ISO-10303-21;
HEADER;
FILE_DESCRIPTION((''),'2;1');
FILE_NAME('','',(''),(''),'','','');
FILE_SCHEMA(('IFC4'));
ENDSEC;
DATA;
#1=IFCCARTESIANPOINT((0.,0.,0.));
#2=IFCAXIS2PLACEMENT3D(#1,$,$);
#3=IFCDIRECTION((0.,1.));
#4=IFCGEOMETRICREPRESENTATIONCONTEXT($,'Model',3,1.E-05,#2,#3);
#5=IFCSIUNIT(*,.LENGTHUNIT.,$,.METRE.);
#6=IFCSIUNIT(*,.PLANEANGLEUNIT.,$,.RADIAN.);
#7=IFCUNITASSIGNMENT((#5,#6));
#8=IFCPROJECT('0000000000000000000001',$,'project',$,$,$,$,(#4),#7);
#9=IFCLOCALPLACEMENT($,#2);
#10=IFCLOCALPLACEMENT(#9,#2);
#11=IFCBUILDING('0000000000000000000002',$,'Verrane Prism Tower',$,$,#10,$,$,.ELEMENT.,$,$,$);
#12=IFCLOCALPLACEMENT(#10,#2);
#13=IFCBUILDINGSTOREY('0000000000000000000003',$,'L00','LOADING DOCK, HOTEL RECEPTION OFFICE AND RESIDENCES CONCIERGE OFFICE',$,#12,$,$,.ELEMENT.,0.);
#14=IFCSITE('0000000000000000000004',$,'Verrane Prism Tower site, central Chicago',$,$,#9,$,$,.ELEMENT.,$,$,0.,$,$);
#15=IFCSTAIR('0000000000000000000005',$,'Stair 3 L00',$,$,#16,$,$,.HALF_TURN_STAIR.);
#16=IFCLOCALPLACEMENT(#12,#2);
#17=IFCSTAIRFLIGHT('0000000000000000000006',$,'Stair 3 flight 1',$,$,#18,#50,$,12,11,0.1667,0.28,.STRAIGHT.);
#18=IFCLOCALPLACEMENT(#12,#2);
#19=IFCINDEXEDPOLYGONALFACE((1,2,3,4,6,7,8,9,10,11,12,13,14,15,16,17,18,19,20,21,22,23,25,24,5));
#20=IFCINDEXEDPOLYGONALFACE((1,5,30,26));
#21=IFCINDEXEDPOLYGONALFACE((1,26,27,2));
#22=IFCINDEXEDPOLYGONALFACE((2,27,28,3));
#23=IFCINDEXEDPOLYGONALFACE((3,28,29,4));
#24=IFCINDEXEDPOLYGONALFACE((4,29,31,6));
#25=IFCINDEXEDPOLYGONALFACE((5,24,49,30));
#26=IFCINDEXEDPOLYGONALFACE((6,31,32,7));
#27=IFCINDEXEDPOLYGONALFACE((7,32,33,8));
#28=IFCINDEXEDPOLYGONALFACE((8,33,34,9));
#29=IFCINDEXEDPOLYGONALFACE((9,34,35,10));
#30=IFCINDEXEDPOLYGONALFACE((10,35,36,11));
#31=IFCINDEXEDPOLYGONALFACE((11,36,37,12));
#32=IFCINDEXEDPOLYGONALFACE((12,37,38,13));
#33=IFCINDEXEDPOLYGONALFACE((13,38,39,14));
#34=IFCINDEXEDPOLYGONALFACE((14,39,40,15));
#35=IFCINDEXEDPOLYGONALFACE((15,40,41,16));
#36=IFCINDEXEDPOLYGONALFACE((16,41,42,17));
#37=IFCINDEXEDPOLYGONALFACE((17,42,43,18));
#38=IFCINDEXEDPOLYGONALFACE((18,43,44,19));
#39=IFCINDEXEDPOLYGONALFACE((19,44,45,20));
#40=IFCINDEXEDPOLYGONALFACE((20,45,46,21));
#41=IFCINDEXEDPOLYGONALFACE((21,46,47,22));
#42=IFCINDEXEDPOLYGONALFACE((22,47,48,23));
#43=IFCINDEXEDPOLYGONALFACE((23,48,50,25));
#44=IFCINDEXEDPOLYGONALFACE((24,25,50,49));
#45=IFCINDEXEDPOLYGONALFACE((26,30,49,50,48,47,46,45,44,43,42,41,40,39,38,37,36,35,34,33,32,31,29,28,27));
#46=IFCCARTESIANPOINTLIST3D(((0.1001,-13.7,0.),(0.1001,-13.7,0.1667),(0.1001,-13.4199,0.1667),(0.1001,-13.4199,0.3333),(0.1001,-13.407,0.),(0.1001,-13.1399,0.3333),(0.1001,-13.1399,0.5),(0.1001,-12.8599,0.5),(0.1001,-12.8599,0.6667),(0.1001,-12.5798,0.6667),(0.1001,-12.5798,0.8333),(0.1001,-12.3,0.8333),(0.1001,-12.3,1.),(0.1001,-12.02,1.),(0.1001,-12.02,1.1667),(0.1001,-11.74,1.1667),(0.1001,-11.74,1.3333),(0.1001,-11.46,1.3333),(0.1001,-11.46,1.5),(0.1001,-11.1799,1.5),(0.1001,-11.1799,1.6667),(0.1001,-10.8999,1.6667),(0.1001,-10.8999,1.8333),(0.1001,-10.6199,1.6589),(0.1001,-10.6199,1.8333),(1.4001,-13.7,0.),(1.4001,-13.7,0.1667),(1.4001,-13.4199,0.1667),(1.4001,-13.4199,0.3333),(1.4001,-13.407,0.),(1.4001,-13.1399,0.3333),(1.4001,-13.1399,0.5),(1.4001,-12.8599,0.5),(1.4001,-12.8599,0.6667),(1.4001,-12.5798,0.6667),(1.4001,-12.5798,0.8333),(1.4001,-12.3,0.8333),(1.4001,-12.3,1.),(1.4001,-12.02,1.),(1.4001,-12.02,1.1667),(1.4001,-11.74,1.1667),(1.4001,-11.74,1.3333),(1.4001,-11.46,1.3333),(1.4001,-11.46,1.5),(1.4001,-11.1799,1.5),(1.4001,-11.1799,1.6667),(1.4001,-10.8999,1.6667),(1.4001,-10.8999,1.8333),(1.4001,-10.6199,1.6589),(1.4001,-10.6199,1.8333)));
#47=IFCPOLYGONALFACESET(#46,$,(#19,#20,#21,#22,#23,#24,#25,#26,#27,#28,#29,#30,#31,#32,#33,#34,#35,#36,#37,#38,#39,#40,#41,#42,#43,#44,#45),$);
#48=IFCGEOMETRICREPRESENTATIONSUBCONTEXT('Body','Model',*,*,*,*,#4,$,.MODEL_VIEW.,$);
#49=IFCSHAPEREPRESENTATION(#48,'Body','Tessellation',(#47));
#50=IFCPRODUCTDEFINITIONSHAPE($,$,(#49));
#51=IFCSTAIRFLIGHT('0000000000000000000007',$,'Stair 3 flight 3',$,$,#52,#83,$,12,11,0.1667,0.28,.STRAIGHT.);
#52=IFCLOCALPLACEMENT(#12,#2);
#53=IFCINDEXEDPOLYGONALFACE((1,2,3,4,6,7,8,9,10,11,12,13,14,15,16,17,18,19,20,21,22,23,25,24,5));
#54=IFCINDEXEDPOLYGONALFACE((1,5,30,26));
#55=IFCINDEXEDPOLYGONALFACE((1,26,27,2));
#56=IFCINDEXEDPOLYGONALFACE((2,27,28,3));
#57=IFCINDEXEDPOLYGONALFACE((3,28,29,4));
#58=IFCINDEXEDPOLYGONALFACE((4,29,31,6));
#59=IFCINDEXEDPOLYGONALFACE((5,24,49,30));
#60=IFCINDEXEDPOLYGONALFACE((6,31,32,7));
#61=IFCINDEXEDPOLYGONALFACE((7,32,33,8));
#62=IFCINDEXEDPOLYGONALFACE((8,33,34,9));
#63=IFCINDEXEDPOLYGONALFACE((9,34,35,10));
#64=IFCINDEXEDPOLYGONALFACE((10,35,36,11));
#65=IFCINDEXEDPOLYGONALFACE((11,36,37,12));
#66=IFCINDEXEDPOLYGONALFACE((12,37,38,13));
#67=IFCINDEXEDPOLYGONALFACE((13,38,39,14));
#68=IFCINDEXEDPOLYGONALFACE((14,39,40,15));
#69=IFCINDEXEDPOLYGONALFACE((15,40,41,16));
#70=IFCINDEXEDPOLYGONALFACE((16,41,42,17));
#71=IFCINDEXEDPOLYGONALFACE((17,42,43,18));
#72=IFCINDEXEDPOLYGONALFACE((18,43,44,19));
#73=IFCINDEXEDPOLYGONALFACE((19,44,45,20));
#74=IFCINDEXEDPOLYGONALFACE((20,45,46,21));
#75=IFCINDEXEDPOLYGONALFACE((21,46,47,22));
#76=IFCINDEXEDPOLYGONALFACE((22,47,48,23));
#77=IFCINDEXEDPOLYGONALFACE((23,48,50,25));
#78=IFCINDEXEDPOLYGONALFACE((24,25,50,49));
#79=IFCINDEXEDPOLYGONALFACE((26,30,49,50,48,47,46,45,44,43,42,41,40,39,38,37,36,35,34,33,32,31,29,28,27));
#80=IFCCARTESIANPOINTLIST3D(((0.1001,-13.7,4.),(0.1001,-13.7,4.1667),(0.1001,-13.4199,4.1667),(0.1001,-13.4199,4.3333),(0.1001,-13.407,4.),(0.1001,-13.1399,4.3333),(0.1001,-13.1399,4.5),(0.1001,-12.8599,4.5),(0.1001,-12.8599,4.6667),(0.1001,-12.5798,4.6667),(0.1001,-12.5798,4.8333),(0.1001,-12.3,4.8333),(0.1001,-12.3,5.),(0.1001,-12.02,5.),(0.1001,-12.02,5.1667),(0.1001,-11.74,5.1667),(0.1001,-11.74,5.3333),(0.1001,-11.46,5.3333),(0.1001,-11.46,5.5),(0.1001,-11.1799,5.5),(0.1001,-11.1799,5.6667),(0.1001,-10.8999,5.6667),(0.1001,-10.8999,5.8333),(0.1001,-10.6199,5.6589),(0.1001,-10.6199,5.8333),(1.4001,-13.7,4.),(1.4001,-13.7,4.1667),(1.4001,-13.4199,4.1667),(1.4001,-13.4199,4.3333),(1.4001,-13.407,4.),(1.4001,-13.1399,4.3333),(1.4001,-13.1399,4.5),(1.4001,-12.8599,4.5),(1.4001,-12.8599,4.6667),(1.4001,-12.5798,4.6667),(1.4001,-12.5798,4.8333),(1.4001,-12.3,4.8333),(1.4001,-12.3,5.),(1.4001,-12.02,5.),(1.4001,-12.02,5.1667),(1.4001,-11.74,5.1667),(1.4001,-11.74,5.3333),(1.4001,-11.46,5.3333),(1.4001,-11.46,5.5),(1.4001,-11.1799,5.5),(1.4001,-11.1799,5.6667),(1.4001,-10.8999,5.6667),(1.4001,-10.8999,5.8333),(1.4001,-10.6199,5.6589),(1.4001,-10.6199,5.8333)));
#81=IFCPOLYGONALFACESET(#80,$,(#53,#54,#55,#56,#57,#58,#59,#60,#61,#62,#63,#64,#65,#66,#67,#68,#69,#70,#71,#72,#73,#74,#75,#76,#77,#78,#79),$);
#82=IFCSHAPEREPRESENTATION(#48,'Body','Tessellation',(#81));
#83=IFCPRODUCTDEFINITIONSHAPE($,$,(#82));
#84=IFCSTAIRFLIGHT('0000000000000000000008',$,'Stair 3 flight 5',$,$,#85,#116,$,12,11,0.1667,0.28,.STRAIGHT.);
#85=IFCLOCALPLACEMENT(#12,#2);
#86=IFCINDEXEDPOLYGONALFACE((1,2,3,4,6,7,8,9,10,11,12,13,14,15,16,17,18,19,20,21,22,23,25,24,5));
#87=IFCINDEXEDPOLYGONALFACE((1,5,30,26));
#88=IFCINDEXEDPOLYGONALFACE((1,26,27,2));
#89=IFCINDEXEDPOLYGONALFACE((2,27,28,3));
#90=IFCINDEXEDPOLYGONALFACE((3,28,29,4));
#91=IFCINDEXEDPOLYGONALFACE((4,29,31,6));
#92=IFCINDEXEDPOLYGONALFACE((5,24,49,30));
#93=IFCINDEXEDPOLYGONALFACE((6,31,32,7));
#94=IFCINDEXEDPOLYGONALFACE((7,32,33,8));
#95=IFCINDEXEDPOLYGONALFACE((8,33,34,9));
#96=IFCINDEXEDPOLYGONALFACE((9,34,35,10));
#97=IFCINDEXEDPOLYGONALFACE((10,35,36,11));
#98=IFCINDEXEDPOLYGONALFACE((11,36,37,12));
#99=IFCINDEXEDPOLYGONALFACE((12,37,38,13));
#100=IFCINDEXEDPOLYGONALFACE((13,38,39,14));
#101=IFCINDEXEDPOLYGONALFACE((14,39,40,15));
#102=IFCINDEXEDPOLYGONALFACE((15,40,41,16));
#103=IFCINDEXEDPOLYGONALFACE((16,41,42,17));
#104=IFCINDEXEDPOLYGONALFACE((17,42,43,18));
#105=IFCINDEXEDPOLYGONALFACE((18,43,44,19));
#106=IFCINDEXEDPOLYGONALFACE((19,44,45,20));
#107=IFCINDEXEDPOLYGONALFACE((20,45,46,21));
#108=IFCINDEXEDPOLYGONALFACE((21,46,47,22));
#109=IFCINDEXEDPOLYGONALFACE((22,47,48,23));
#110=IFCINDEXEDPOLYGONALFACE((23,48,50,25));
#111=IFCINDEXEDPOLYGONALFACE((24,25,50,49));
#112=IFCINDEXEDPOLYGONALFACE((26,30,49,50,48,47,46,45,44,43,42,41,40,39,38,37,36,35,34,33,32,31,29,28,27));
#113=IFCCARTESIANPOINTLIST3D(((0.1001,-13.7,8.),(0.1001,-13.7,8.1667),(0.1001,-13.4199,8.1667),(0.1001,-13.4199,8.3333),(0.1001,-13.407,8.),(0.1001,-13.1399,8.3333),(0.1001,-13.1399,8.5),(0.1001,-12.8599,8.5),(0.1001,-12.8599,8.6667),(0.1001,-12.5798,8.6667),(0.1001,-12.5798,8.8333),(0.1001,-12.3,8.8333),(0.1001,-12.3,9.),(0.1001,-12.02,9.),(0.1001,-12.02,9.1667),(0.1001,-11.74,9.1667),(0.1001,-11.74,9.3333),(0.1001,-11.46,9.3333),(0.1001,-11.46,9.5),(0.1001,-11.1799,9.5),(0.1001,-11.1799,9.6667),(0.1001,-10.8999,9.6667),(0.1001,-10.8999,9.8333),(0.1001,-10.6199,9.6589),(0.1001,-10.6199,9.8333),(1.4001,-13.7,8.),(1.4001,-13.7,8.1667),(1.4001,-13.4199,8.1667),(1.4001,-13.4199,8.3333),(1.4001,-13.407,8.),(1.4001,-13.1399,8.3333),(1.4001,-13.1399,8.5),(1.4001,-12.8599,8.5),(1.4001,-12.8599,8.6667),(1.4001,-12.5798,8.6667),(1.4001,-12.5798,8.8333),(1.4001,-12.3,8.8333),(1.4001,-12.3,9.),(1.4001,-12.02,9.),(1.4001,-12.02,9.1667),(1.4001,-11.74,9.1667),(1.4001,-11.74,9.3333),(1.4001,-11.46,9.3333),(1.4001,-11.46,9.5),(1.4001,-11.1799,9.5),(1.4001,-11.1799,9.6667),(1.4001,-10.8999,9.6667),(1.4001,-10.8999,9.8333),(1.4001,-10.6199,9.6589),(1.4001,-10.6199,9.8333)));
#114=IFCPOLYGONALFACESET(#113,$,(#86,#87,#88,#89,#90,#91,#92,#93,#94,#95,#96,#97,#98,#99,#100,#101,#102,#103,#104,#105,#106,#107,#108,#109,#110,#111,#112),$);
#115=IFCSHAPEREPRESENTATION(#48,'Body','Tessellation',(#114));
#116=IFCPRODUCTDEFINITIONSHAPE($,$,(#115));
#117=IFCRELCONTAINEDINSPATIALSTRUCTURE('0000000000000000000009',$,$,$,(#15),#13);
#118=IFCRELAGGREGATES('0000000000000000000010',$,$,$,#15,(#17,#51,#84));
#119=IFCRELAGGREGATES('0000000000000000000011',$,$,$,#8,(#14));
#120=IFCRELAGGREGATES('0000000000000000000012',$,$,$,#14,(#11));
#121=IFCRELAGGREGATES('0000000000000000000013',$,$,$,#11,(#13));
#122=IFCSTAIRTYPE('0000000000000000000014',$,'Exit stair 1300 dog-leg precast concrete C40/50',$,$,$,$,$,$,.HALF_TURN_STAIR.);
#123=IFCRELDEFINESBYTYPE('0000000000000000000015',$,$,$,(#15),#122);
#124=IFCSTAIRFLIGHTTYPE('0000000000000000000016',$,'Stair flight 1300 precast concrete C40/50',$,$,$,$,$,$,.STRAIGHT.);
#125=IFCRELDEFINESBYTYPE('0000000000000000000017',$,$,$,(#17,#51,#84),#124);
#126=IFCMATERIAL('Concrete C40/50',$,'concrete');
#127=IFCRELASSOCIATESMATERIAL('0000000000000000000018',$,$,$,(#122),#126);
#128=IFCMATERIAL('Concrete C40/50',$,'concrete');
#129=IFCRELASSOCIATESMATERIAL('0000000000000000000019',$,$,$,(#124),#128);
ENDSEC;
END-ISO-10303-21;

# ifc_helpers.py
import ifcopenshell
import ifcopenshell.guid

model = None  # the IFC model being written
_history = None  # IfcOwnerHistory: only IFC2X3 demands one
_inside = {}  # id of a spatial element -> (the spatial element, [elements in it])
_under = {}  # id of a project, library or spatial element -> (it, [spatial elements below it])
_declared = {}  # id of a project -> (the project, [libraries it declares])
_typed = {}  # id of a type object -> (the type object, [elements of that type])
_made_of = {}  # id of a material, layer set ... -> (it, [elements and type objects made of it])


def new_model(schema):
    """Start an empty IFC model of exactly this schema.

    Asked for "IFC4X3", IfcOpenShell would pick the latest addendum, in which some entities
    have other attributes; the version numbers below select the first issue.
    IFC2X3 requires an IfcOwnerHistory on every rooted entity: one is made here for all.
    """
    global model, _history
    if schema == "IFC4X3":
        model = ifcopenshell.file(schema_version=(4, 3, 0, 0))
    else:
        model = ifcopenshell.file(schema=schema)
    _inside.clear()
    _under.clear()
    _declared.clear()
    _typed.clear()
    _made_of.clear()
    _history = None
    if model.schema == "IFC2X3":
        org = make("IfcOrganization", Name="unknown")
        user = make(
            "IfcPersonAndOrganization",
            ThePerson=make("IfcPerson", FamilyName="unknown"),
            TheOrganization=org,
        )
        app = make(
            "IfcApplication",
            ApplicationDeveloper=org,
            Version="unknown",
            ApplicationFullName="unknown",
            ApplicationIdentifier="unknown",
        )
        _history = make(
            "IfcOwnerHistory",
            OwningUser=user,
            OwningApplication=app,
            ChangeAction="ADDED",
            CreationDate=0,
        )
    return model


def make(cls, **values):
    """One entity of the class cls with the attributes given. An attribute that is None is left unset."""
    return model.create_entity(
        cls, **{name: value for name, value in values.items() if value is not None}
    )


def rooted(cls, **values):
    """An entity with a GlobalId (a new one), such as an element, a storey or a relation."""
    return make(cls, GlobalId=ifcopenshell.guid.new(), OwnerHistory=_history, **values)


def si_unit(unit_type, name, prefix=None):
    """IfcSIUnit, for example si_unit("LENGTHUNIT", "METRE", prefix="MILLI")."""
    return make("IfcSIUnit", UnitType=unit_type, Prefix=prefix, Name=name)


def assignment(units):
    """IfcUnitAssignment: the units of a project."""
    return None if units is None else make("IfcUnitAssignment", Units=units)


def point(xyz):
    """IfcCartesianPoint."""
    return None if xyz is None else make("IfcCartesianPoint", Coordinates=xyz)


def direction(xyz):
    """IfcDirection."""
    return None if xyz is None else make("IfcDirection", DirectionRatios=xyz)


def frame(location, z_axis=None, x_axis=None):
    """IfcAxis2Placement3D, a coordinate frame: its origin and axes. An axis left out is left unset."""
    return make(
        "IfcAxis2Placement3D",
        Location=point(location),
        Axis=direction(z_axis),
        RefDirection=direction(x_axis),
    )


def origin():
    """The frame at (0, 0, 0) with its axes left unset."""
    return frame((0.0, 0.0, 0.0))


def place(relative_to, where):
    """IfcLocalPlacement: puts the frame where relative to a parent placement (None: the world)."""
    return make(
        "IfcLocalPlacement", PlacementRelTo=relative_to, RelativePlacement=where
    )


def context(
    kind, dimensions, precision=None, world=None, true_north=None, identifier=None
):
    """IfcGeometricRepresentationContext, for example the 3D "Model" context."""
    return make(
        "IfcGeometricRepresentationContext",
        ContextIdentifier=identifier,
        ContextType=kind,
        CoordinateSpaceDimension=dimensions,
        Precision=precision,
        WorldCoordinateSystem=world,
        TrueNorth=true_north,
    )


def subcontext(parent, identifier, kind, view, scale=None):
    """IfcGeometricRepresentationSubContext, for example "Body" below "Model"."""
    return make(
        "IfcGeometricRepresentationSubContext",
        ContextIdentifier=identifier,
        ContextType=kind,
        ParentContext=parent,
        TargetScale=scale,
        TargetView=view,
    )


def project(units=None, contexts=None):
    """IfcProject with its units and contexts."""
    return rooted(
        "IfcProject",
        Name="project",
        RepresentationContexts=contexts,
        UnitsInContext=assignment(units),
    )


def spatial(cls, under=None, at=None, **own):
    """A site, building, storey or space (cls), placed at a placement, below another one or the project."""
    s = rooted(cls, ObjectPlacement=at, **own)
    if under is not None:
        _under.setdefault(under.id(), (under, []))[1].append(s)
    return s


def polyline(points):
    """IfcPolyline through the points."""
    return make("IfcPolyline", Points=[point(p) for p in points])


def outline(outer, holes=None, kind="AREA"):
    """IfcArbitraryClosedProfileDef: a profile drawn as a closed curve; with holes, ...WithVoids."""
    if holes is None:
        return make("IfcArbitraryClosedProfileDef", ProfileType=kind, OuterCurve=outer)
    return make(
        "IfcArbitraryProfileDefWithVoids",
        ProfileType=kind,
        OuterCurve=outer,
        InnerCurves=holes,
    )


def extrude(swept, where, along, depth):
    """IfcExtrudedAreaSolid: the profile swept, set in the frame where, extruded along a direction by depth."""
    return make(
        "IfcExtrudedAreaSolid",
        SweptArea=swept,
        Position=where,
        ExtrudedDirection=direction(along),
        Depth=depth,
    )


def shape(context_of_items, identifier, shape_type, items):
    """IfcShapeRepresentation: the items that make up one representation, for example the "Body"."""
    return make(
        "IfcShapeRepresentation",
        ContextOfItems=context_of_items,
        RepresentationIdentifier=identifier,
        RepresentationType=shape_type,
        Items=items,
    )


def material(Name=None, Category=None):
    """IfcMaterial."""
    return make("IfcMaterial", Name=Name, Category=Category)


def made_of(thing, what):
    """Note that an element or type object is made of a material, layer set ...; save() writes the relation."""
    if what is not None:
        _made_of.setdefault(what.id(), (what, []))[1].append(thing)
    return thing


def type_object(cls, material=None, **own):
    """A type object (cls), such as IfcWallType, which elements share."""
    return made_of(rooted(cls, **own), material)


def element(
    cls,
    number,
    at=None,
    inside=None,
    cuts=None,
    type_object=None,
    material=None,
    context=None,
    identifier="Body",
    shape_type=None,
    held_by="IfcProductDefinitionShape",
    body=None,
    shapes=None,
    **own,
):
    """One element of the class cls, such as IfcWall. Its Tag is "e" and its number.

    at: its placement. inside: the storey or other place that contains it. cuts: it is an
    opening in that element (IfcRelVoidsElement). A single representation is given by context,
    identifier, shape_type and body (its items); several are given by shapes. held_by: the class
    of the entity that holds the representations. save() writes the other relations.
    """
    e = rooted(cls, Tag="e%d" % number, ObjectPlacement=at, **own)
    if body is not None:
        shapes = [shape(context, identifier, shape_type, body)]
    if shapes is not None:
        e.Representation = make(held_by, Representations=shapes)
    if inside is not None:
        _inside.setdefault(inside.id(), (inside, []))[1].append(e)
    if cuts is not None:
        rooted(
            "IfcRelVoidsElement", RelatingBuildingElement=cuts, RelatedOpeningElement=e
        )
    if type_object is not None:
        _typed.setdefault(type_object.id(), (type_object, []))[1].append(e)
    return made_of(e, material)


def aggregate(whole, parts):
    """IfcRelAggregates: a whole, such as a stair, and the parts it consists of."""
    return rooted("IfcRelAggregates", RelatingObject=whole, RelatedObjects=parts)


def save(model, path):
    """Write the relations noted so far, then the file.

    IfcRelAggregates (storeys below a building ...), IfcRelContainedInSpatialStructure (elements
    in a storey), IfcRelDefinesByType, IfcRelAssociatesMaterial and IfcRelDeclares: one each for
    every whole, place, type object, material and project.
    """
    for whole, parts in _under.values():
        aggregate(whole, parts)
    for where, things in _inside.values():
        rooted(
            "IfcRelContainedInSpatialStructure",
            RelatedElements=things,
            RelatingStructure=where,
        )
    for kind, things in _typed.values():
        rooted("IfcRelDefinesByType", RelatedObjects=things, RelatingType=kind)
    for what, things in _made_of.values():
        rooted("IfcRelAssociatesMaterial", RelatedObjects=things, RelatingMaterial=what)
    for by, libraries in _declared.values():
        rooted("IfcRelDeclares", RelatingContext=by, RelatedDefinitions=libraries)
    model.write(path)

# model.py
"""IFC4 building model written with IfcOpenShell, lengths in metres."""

from ifc_helpers import new_model, si_unit, direction, frame, origin, place, context, subcontext, project, spatial, polyline, outline, extrude, material, type_object, element, aggregate, save


model = new_model("IFC4")

# Units and contexts
model_context = context("Model", 3, precision=1e-05, world=origin(), true_north=direction((0.0, 1.0)))
body_context = subcontext(model_context, "Body", "Model", "MODEL_VIEW")
ifc_project = project(units=[si_unit("LENGTHUNIT", "METRE"), si_unit("PLANEANGLEUNIT", "RADIAN")], contexts=[model_context])

# Site, building, storey
site_placement = place(None, origin())
site = spatial("IfcSite", under=ifc_project, at=site_placement, Name="Verrane Prism Tower site, central Chicago", CompositionType="ELEMENT", RefElevation=0.0)
building_placement = place(site_placement, origin())
building = spatial("IfcBuilding", under=site, at=building_placement, Name="Verrane Prism Tower", CompositionType="ELEMENT")
storey_placement = place(building_placement, origin())
storey = spatial("IfcBuildingStorey", under=building, at=storey_placement, Name="L00", Description="LOADING DOCK, HOTEL RECEPTION OFFICE AND RESIDENCES CONCIERGE OFFICE", CompositionType="ELEMENT", Elevation=0.0)

# Stair, stair flights
ifc_material_1 = material(Name="Concrete C40/50", Category="concrete")
stair_type = type_object("IfcStairType", Name="Exit stair 1300 dog-leg precast concrete C40/50", PredefinedType="HALF_TURN_STAIR", material=ifc_material_1)
stair_placement = place(storey_placement, origin())
stair = element("IfcStair", 1, at=stair_placement, inside=storey, type_object=stair_type, Name="Stair 3 L00", PredefinedType="HALF_TURN_STAIR")
ifc_material_2 = material(Name="Concrete C40/50", Category="concrete")
stair_flight_type = type_object("IfcStairFlightType", Name="Stair flight 1300 precast concrete C40/50", PredefinedType="STRAIGHT", material=ifc_material_2)
stair_flight_1_placement = place(storey_placement, frame((0.75, -13.7, 0.0), z_axis=(0.0, 0.0, 1.0), x_axis=(0.0, 1.0, 0.0)))
stair_flight_1 = element("IfcStairFlight", 2, at=stair_flight_1_placement, type_object=stair_flight_type, Name="Stair 3 flight 1", NumberOfRisers=12, NumberOfTreads=11, PredefinedType="STRAIGHT", RiserHeight=0.1667, TreadLength=0.28, context=body_context, shape_type="SweptSolid", body=[
    extrude(outline(polyline([(0.0, 0.0), (0.0, 0.1667), (0.28, 0.1667), (0.28, 0.3333), (0.5601, 0.3333), (0.5601, 0.5), (0.8401, 0.5), (0.8401, 0.6667), (1.1201, 0.6667), (1.1201, 0.8333), (1.3999, 0.8333), (1.3999, 1.0), (1.6799, 1.0), (1.6799, 1.1667), (1.96, 1.1667), (1.96, 1.3333), (2.24, 1.3333), (2.24, 1.5), (2.52, 1.5), (2.52, 1.6667), (2.8, 1.6667), (2.8, 1.8333), (3.0801, 1.8333), (3.0801, 2.0), (3.0801, 1.6589), (0.293, 0.0), (0.0, 0.0)])), frame((0.0, 0.6499, 0.0), z_axis=(0.0, -1.0, 0.0), x_axis=(1.0, 0.0, 0.0)), (0.0, 0.0, 1.0), 1.3),
])
stair_flight_2_placement = place(storey_placement, frame((0.75, -13.7, 4.0), z_axis=(0.0, 0.0, 1.0), x_axis=(0.0, 1.0, 0.0)))
stair_flight_2 = element("IfcStairFlight", 3, at=stair_flight_2_placement, type_object=stair_flight_type, Name="Stair 3 flight 3", NumberOfRisers=12, NumberOfTreads=11, PredefinedType="STRAIGHT", RiserHeight=0.1667, TreadLength=0.28, context=body_context, shape_type="SweptSolid", body=[
    extrude(outline(polyline([(0.0, 0.0), (0.0, 0.1667), (0.28, 0.1667), (0.28, 0.3333), (0.5601, 0.3333), (0.5601, 0.5), (0.8401, 0.5), (0.8401, 0.6667), (1.1201, 0.6667), (1.1201, 0.8333), (1.3999, 0.8333), (1.3999, 1.0), (1.6799, 1.0), (1.6799, 1.1667), (1.96, 1.1667), (1.96, 1.3333), (2.24, 1.3333), (2.24, 1.5), (2.52, 1.5), (2.52, 1.6667), (2.8, 1.6667), (2.8, 1.8333), (3.0801, 1.8333), (3.0801, 2.0), (3.0801, 1.6589), (0.293, 0.0), (0.0, 0.0)])), frame((0.0, 0.6499, 0.0), z_axis=(0.0, -1.0, 0.0), x_axis=(1.0, 0.0, 0.0)), (0.0, 0.0, 1.0), 1.3),
])
stair_flight_3_placement = place(storey_placement, frame((0.75, -13.7, 8.0), z_axis=(0.0, 0.0, 1.0), x_axis=(0.0, 1.0, 0.0)))
stair_flight_3 = element("IfcStairFlight", 4, at=stair_flight_3_placement, type_object=stair_flight_type, Name="Stair 3 flight 5", NumberOfRisers=12, NumberOfTreads=11, PredefinedType="STRAIGHT", RiserHeight=0.1667, TreadLength=0.28, context=body_context, shape_type="SweptSolid", body=[
    extrude(outline(polyline([(0.0, 0.0), (0.0, 0.1667), (0.28, 0.1667), (0.28, 0.3333), (0.5601, 0.3333), (0.5601, 0.5), (0.8401, 0.5), (0.8401, 0.6667), (1.1201, 0.6667), (1.1201, 0.8333), (1.3999, 0.8333), (1.3999, 1.0), (1.6799, 1.0), (1.6799, 1.1667), (1.96, 1.1667), (1.96, 1.3333), (2.24, 1.3333), (2.24, 1.5), (2.52, 1.5), (2.52, 1.6667), (2.8, 1.6667), (2.8, 1.8333), (3.0801, 1.8333), (3.0801, 2.0), (3.0801, 1.6589), (0.293, 0.0), (0.0, 0.0)])), frame((0.0, 0.6499, 0.0), z_axis=(0.0, -1.0, 0.0), x_axis=(1.0, 0.0, 0.0)), (0.0, 0.0, 1.0), 1.3),
])
aggregate(stair, [stair_flight_1, stair_flight_2, stair_flight_3])

save(model, "model.ifc")
